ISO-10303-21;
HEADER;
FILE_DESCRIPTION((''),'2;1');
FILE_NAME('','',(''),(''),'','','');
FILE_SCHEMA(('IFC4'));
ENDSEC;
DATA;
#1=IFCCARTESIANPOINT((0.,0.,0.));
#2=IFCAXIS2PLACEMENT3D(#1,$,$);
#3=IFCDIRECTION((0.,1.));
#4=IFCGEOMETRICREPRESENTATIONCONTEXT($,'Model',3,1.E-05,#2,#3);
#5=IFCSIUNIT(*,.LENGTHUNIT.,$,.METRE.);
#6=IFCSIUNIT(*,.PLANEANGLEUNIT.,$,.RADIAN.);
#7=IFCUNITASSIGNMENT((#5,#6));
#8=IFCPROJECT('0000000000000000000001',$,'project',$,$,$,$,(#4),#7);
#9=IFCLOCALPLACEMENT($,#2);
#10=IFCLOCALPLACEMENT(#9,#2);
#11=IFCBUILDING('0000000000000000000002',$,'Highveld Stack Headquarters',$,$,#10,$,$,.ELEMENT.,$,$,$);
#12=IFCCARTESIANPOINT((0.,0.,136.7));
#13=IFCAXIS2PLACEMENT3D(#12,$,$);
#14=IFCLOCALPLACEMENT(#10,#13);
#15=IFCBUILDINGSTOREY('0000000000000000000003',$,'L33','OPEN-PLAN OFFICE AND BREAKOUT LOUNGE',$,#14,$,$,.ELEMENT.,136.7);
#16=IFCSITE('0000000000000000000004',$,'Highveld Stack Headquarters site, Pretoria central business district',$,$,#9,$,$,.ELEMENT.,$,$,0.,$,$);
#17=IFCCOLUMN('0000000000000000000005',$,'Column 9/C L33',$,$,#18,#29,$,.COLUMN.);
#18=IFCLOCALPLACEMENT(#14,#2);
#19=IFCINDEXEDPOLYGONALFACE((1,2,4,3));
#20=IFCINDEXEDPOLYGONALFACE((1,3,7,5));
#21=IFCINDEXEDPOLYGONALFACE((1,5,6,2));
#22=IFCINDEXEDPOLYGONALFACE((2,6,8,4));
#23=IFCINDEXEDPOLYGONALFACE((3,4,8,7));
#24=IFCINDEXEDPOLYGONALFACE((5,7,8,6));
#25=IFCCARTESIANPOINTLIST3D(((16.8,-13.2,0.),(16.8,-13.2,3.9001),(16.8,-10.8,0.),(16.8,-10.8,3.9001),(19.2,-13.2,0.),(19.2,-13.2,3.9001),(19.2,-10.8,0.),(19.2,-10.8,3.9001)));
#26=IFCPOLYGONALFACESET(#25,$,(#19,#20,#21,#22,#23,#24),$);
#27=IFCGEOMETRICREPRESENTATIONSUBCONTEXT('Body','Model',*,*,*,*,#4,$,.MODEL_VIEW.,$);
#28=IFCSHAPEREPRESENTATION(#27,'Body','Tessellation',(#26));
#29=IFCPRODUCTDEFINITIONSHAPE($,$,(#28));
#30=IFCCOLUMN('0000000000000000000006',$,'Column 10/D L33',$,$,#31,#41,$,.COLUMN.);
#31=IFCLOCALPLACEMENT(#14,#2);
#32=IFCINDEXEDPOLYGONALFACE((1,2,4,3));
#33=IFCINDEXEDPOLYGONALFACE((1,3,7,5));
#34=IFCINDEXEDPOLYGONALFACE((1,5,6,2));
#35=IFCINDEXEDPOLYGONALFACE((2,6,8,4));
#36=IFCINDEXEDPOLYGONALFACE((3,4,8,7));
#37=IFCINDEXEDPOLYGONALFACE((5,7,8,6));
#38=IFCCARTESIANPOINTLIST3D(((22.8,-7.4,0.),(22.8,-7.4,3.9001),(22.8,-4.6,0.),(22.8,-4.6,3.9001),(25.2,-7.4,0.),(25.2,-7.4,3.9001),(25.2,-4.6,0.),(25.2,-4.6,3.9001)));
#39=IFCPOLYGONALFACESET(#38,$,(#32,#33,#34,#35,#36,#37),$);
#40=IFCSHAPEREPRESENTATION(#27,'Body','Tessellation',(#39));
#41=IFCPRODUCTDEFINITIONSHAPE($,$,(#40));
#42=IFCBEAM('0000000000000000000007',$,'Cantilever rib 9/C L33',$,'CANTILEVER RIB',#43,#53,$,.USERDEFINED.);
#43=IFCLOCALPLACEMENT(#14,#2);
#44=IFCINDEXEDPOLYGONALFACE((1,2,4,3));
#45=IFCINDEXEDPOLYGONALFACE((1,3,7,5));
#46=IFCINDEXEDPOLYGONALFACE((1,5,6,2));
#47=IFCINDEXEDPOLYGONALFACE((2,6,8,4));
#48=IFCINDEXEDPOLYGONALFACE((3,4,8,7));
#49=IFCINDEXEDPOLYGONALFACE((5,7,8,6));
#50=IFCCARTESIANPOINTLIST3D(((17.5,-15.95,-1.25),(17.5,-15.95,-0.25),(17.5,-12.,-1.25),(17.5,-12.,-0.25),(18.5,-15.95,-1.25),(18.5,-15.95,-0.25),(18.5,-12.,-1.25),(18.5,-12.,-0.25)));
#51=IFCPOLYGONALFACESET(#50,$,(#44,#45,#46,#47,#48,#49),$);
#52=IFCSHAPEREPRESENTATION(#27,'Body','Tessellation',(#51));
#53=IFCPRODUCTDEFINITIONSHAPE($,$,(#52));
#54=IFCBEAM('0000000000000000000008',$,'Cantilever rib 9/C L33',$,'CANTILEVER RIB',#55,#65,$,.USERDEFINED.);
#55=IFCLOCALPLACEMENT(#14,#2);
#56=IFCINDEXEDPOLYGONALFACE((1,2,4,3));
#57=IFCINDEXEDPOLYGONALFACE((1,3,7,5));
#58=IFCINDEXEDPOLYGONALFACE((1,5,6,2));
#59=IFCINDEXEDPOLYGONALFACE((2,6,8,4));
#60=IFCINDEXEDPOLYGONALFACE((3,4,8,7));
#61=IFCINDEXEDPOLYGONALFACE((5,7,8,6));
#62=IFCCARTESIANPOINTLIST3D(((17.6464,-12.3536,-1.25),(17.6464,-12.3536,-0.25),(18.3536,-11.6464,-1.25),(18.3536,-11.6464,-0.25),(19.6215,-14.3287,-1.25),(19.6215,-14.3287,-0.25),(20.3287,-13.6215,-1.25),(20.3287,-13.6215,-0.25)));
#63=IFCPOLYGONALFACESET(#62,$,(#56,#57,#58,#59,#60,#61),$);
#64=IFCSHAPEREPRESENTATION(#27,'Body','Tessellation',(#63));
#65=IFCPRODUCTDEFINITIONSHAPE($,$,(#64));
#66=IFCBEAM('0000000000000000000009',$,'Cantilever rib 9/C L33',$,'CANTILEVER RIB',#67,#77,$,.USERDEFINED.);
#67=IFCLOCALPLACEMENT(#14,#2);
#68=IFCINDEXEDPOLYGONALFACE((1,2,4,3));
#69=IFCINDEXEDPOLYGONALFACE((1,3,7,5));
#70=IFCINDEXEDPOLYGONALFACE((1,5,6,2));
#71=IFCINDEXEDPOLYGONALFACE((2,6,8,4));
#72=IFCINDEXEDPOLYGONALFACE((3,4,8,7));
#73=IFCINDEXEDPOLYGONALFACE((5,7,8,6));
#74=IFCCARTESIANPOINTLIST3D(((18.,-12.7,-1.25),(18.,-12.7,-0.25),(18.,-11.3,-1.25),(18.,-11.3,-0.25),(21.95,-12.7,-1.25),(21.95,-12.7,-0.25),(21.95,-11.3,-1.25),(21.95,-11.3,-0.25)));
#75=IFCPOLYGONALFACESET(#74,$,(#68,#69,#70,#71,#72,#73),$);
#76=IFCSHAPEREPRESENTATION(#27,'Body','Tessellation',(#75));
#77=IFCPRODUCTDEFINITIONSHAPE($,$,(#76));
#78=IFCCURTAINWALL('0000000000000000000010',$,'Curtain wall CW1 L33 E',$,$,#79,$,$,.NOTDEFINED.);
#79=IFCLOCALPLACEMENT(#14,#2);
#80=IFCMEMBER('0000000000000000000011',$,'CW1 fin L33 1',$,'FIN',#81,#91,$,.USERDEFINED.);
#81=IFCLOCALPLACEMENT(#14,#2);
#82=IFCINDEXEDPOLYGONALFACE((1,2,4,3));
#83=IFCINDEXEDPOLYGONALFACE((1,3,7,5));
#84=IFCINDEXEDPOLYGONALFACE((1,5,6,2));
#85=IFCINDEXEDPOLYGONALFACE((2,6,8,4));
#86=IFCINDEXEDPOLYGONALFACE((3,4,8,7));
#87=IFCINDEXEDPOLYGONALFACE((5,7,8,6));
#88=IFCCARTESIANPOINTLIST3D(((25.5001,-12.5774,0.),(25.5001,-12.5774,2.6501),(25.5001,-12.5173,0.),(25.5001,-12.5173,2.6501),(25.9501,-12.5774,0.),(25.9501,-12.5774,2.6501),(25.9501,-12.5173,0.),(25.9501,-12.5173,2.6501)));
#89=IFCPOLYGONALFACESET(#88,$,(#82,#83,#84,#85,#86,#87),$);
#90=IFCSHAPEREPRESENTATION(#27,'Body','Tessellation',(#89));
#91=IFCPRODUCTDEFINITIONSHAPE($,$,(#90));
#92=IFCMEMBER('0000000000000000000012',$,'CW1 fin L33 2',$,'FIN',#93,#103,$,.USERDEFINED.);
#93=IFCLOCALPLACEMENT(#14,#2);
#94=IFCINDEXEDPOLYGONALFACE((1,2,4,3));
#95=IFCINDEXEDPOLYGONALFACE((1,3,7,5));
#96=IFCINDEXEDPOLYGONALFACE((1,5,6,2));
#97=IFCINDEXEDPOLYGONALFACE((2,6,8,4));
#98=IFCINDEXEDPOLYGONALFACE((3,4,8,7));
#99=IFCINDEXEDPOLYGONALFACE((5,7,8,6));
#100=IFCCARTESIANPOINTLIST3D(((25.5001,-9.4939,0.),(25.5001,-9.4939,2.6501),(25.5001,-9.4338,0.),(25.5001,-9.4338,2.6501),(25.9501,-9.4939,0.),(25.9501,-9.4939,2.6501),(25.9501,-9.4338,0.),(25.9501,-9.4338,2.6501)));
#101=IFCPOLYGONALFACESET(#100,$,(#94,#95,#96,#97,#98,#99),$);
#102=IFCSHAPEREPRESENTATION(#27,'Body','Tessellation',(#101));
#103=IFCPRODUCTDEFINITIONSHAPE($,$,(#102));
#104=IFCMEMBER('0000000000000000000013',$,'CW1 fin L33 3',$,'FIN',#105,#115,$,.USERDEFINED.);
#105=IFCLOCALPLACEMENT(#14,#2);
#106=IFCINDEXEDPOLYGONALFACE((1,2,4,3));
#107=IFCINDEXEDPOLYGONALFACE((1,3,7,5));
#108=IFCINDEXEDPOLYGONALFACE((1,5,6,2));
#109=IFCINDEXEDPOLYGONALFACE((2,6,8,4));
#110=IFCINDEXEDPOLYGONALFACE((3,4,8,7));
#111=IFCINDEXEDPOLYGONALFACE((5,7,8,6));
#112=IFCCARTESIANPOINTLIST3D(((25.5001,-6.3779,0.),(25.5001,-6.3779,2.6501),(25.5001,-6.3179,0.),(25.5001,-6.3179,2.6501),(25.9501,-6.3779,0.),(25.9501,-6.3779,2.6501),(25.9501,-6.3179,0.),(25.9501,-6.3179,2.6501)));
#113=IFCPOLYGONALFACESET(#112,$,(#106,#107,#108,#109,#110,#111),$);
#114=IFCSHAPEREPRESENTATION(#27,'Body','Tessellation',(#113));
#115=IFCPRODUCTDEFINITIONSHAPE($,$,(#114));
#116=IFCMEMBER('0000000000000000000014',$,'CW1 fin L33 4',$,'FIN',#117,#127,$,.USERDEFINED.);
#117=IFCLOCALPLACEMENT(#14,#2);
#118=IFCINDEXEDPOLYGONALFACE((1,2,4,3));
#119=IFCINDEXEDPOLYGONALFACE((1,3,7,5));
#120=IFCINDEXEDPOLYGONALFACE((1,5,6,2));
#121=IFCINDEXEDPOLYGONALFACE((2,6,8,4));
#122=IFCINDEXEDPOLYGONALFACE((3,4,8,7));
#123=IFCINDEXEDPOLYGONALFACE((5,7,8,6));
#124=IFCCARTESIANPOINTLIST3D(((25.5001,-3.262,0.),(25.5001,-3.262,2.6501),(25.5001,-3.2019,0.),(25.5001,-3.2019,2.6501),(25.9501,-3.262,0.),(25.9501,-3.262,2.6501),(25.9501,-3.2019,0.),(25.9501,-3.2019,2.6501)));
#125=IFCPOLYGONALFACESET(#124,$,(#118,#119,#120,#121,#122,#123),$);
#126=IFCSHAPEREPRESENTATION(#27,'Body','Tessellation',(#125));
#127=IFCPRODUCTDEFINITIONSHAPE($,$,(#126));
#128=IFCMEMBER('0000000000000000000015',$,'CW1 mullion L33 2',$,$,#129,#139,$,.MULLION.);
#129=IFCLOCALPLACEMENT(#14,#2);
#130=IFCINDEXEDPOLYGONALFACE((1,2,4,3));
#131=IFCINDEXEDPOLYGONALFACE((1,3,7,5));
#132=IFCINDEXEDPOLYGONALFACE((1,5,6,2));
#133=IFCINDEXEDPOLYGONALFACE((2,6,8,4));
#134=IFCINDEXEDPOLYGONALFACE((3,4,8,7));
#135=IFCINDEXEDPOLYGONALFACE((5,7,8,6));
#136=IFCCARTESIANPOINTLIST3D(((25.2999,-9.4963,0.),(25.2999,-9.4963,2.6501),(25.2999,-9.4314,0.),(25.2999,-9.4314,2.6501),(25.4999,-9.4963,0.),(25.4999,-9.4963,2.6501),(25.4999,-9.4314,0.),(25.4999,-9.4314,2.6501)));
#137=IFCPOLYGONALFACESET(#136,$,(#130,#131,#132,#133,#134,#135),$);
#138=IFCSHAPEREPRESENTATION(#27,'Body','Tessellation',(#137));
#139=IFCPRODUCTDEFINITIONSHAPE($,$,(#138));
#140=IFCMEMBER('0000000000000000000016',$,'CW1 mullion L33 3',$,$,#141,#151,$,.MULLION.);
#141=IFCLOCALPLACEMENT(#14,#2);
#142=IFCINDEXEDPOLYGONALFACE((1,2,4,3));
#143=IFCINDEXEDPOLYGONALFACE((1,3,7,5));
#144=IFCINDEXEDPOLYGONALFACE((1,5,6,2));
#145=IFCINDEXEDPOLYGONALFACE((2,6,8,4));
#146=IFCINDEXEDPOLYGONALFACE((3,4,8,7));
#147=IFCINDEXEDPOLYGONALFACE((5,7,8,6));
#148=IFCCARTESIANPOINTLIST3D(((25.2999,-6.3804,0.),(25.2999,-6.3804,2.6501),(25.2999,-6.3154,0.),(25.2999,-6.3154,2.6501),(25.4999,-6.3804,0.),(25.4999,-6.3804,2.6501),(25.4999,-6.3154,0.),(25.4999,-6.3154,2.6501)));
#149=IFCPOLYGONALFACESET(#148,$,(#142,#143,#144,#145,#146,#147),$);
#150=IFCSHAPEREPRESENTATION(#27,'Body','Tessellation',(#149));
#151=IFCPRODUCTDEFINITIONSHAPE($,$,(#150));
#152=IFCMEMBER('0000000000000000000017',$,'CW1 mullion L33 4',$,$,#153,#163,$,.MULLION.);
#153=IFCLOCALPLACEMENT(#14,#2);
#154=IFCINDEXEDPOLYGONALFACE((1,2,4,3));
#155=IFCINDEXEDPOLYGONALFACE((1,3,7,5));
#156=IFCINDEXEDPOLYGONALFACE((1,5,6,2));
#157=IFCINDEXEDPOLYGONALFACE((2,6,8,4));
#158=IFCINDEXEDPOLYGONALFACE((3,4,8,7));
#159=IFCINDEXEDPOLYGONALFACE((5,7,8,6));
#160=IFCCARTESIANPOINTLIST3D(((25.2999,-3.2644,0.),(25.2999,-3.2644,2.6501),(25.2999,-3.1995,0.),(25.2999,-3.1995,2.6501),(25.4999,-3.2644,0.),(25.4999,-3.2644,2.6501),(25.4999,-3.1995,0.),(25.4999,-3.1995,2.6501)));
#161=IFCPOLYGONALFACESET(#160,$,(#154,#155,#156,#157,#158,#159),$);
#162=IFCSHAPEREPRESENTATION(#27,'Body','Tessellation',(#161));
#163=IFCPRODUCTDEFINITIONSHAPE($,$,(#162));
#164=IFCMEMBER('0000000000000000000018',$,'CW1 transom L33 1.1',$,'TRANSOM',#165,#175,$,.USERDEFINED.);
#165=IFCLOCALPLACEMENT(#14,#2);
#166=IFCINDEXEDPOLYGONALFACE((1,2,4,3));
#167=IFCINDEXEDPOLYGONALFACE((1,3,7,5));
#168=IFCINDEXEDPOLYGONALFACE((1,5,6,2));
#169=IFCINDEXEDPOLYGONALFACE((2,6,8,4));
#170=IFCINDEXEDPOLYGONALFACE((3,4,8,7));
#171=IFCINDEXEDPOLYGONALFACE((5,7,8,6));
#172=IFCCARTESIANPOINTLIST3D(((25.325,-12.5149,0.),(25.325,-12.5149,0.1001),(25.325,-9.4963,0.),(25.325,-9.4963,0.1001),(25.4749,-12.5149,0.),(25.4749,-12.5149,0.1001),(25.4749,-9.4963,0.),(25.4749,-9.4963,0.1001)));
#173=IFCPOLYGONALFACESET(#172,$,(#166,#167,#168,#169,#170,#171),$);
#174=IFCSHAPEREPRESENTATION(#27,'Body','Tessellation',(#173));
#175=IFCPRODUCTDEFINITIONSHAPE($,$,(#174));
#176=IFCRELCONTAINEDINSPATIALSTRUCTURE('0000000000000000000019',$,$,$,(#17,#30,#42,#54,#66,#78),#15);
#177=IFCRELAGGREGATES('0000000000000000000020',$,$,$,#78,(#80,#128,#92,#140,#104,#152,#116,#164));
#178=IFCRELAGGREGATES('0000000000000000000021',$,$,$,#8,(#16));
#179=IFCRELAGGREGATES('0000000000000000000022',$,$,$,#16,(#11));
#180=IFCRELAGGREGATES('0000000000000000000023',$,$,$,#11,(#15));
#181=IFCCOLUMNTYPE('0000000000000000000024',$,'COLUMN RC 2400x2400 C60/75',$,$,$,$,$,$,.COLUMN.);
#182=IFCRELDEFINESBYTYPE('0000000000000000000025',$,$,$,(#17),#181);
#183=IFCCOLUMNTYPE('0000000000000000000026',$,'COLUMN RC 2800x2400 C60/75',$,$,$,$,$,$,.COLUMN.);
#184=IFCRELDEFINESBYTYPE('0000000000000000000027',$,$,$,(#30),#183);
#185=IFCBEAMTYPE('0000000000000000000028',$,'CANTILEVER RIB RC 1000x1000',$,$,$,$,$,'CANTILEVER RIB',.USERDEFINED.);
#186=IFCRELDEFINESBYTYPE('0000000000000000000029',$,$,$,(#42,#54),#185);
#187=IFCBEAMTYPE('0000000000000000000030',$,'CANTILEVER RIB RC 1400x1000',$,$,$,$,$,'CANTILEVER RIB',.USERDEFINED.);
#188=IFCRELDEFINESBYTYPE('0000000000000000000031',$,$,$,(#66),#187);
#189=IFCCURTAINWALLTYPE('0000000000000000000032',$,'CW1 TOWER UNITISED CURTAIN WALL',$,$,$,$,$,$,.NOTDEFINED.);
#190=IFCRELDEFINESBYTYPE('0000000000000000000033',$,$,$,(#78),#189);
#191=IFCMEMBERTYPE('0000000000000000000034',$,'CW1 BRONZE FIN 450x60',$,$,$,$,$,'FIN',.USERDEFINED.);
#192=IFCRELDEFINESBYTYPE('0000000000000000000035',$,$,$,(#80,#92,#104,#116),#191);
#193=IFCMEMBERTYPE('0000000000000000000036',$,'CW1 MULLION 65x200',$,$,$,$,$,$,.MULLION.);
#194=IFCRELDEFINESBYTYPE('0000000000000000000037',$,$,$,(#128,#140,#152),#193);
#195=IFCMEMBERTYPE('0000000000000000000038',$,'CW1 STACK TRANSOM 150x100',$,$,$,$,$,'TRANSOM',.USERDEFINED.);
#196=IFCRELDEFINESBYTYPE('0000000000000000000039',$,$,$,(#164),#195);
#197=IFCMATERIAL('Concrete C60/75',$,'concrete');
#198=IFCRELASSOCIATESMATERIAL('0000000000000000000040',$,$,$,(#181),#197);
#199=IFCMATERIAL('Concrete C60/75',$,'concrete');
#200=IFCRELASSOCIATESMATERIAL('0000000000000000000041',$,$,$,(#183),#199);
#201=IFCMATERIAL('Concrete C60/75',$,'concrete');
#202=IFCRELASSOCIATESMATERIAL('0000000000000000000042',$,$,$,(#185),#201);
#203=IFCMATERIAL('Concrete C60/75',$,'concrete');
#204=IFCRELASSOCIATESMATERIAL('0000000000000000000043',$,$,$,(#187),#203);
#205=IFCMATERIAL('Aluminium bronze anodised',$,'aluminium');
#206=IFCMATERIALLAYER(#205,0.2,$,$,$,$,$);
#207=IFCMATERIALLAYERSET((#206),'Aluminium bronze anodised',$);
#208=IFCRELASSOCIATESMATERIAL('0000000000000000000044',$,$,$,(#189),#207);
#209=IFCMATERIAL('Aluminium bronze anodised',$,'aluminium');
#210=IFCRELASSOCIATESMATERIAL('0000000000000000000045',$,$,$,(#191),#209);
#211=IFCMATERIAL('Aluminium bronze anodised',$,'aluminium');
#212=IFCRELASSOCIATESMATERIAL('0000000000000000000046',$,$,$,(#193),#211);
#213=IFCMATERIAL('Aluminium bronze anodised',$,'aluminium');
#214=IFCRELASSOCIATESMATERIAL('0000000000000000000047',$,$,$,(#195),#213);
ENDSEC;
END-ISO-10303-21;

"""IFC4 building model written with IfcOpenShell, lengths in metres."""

from ifc_helpers import new_model, si_unit, direction, frame, origin, origin_2d, place, context, subcontext, project, spatial, rectangle, extrude, material, layer, layer_set, material_profile, profile_set, type_object, element, aggregate, save


model = new_model("IFC4")

# Units and contexts
model_context = context("Model", 3, precision=1e-05, world=origin(), true_north=direction((0.0, 1.0)))
body_context = subcontext(model_context, "Body", "Model", "MODEL_VIEW")
ifc_project = project(units=[si_unit("LENGTHUNIT", "METRE"), si_unit("PLANEANGLEUNIT", "RADIAN")], contexts=[model_context])

# Site, building, storey
site_placement = place(None, origin())
site = spatial("IfcSite", under=ifc_project, at=site_placement, Name="Highveld Stack Headquarters site, Pretoria central business district", CompositionType="ELEMENT", RefElevation=0.0)
building_placement = place(site_placement, origin())
building = spatial("IfcBuilding", under=site, at=building_placement, Name="Highveld Stack Headquarters", CompositionType="ELEMENT")
storey_placement = place(building_placement, frame((0.0, 0.0, 136.7)))
storey = spatial("IfcBuildingStorey", under=building, at=storey_placement, Name="L33", Description="OPEN-PLAN OFFICE AND BREAKOUT LOUNGE", CompositionType="ELEMENT", Elevation=136.7)

# Columns
ifc_material_1 = material(Name="Concrete C60/75", Category="concrete")
ifc_material_profile_1 = material_profile(ifc_material_1, rectangle(XDim=2.3999, YDim=2.3999, at=origin_2d()), Name="RC 2400x2400")
ifc_profile_set_1 = profile_set([ifc_material_profile_1], Name="Concrete C60/75")
column_type_1 = type_object("IfcColumnType", Name="COLUMN RC 2400x2400 C60/75", PredefinedType="COLUMN", material=ifc_profile_set_1)
column_1_placement = place(storey_placement, frame((18.0, -12.0, 0.0), z_axis=(0.0, 0.0, 1.0), x_axis=(1.0, 0.0, 0.0)))
element("IfcColumn", 1, at=column_1_placement, inside=storey, type_object=column_type_1, Name="Column 9/C L33", PredefinedType="COLUMN", context=body_context, shape_type="SweptSolid", body=[
    extrude(rectangle(XDim=2.3999, YDim=2.3999, at=origin_2d()), origin(), (0.0, 0.0, 1.0), 3.9001),
])
ifc_material_2 = material(Name="Concrete C60/75", Category="concrete")
ifc_material_profile_2 = material_profile(ifc_material_2, rectangle(XDim=2.8, YDim=2.3999, at=origin_2d()), Name="RC 2800x2400")
ifc_profile_set_2 = profile_set([ifc_material_profile_2], Name="Concrete C60/75")
column_type_2 = type_object("IfcColumnType", Name="COLUMN RC 2800x2400 C60/75", PredefinedType="COLUMN", material=ifc_profile_set_2)
column_2_placement = place(storey_placement, frame((24.0, -6.0, 0.0), z_axis=(0.0, 0.0, 1.0), x_axis=(0.0, 1.0, 0.0)))
element("IfcColumn", 2, at=column_2_placement, inside=storey, type_object=column_type_2, Name="Column 10/D L33", PredefinedType="COLUMN", context=body_context, shape_type="SweptSolid", body=[
    extrude(rectangle(XDim=2.8, YDim=2.3999, at=origin_2d()), origin(), (0.0, 0.0, 1.0), 3.9001),
])

# Beams
ifc_material_3 = material(Name="Concrete C60/75", Category="concrete")
ifc_material_profile_3 = material_profile(ifc_material_3, rectangle(XDim=1.0, YDim=1.0, at=origin_2d()), Name="RC 1000x1000")
ifc_profile_set_3 = profile_set([ifc_material_profile_3], Name="Concrete C60/75")
beam_type_1 = type_object("IfcBeamType", Name="CANTILEVER RIB RC 1000x1000", ElementType="CANTILEVER RIB", PredefinedType="USERDEFINED", material=ifc_profile_set_3)
beam_1_placement = place(storey_placement, frame((18.0, -12.0, -0.75), z_axis=(0.0, -1.0, 0.0), x_axis=(1.0, 0.0, 0.0)))
element("IfcBeam", 3, at=beam_1_placement, inside=storey, type_object=beam_type_1, Name="Cantilever rib 9/C L33", ObjectType="CANTILEVER RIB", PredefinedType="USERDEFINED", context=body_context, shape_type="SweptSolid", body=[
    extrude(rectangle(XDim=1.0, YDim=1.0, at=origin_2d()), origin(), (0.0, 0.0, 1.0), 3.95),
])
beam_2_placement = place(storey_placement, frame((18.0, -12.0, -0.75), z_axis=(0.707107, -0.707107, 0.0), x_axis=(0.707107, 0.707107, 0.0)))
element("IfcBeam", 4, at=beam_2_placement, inside=storey, type_object=beam_type_1, Name="Cantilever rib 9/C L33", ObjectType="CANTILEVER RIB", PredefinedType="USERDEFINED", context=body_context, shape_type="SweptSolid", body=[
    extrude(rectangle(XDim=1.0, YDim=1.0, at=origin_2d()), origin(), (0.0, 0.0, 1.0), 2.7932),
])
ifc_material_4 = material(Name="Concrete C60/75", Category="concrete")
ifc_material_profile_4 = material_profile(ifc_material_4, rectangle(XDim=1.3999, YDim=1.0, at=origin_2d()), Name="RC 1400x1000")
ifc_profile_set_4 = profile_set([ifc_material_profile_4], Name="Concrete C60/75")
beam_type_2 = type_object("IfcBeamType", Name="CANTILEVER RIB RC 1400x1000", ElementType="CANTILEVER RIB", PredefinedType="USERDEFINED", material=ifc_profile_set_4)
beam_3_placement = place(storey_placement, frame((18.0, -12.0, -0.75), z_axis=(1.0, 0.0, 0.0), x_axis=(0.0, 1.0, 0.0)))
element("IfcBeam", 5, at=beam_3_placement, inside=storey, type_object=beam_type_2, Name="Cantilever rib 9/C L33", ObjectType="CANTILEVER RIB", PredefinedType="USERDEFINED", context=body_context, shape_type="SweptSolid", body=[
    extrude(rectangle(XDim=1.3999, YDim=1.0, at=origin_2d()), origin(), (0.0, 0.0, 1.0), 3.95),
])

# Curtain wall, members
ifc_material_5 = material(Name="Aluminium bronze anodised", Category="aluminium")
ifc_layer_1 = layer(ifc_material_5, 0.2)
ifc_layer_set_1 = layer_set([ifc_layer_1], Name="Aluminium bronze anodised")
curtain_wall_type = type_object("IfcCurtainWallType", Name="CW1 TOWER UNITISED CURTAIN WALL", PredefinedType="NOTDEFINED", material=ifc_layer_set_1)
curtain_wall_placement = place(storey_placement, origin())
curtain_wall = element("IfcCurtainWall", 6, at=curtain_wall_placement, inside=storey, type_object=curtain_wall_type, Name="Curtain wall CW1 L33 E", PredefinedType="NOTDEFINED")
ifc_material_6 = material(Name="Aluminium bronze anodised", Category="aluminium")
ifc_material_profile_5 = material_profile(ifc_material_6, rectangle(XDim=0.45, YDim=0.0601, at=origin_2d()), Name="FIN 450x60")
ifc_profile_set_5 = profile_set([ifc_material_profile_5], Name="Aluminium bronze anodised")
member_type_1 = type_object("IfcMemberType", Name="CW1 BRONZE FIN 450x60", ElementType="FIN", PredefinedType="USERDEFINED", material=ifc_profile_set_5)
member_1_placement = place(storey_placement, frame((25.7251, -12.5474, 0.0), z_axis=(0.0, 0.0, 1.0), x_axis=(-1.0, 0.0, 0.0)))
member_1 = element("IfcMember", 7, at=member_1_placement, type_object=member_type_1, Name="CW1 fin L33 1", ObjectType="FIN", PredefinedType="USERDEFINED", context=body_context, shape_type="SweptSolid", body=[
    extrude(rectangle(XDim=0.45, YDim=0.0601, at=origin_2d()), origin(), (0.0, 0.0, 1.0), 2.6501),
])
member_2_placement = place(storey_placement, frame((25.7251, -9.4639, 0.0), z_axis=(0.0, 0.0, 1.0), x_axis=(-1.0, 0.0, 0.0)))
member_2 = element("IfcMember", 8, at=member_2_placement, type_object=member_type_1, Name="CW1 fin L33 2", ObjectType="FIN", PredefinedType="USERDEFINED", context=body_context, shape_type="SweptSolid", body=[
    extrude(rectangle(XDim=0.45, YDim=0.0601, at=origin_2d()), origin(), (0.0, 0.0, 1.0), 2.6501),
])
member_3_placement = place(storey_placement, frame((25.7251, -6.3479, 0.0), z_axis=(0.0, 0.0, 1.0), x_axis=(-1.0, 0.0, 0.0)))
member_3 = element("IfcMember", 9, at=member_3_placement, type_object=member_type_1, Name="CW1 fin L33 3", ObjectType="FIN", PredefinedType="USERDEFINED", context=body_context, shape_type="SweptSolid", body=[
    extrude(rectangle(XDim=0.45, YDim=0.0601, at=origin_2d()), origin(), (0.0, 0.0, 1.0), 2.6501),
])
member_4_placement = place(storey_placement, frame((25.7251, -3.2319, 0.0), z_axis=(0.0, 0.0, 1.0), x_axis=(-1.0, 0.0, 0.0)))
member_4 = element("IfcMember", 10, at=member_4_placement, type_object=member_type_1, Name="CW1 fin L33 4", ObjectType="FIN", PredefinedType="USERDEFINED", context=body_context, shape_type="SweptSolid", body=[
    extrude(rectangle(XDim=0.45, YDim=0.0601, at=origin_2d()), origin(), (0.0, 0.0, 1.0), 2.6501),
])
ifc_material_7 = material(Name="Aluminium bronze anodised", Category="aluminium")
ifc_material_profile_6 = material_profile(ifc_material_7, rectangle(XDim=0.2, YDim=0.0649, at=origin_2d()), Name="CW1 MULLION 65x200")
ifc_profile_set_6 = profile_set([ifc_material_profile_6], Name="Aluminium bronze anodised")
member_type_2 = type_object("IfcMemberType", Name="CW1 MULLION 65x200", PredefinedType="MULLION", material=ifc_profile_set_6)
member_5_placement = place(storey_placement, frame((25.3999, -9.4639, 0.0), z_axis=(0.0, 0.0, 1.0), x_axis=(-1.0, 0.0, 0.0)))
member_5 = element("IfcMember", 11, at=member_5_placement, type_object=member_type_2, Name="CW1 mullion L33 2", PredefinedType="MULLION", context=body_context, shape_type="SweptSolid", body=[
    extrude(rectangle(XDim=0.2, YDim=0.0649, at=origin_2d()), origin(), (0.0, 0.0, 1.0), 2.6501),
])
member_6_placement = place(storey_placement, frame((25.3999, -6.3479, 0.0), z_axis=(0.0, 0.0, 1.0), x_axis=(-1.0, 0.0, 0.0)))
member_6 = element("IfcMember", 12, at=member_6_placement, type_object=member_type_2, Name="CW1 mullion L33 3", PredefinedType="MULLION", context=body_context, shape_type="SweptSolid", body=[
    extrude(rectangle(XDim=0.2, YDim=0.0649, at=origin_2d()), origin(), (0.0, 0.0, 1.0), 2.6501),
])
member_7_placement = place(storey_placement, frame((25.3999, -3.2319, 0.0), z_axis=(0.0, 0.0, 1.0), x_axis=(-1.0, 0.0, 0.0)))
member_7 = element("IfcMember", 13, at=member_7_placement, type_object=member_type_2, Name="CW1 mullion L33 4", PredefinedType="MULLION", context=body_context, shape_type="SweptSolid", body=[
    extrude(rectangle(XDim=0.2, YDim=0.0649, at=origin_2d()), origin(), (0.0, 0.0, 1.0), 2.6501),
])
ifc_material_8 = material(Name="Aluminium bronze anodised", Category="aluminium")
ifc_material_profile_7 = material_profile(ifc_material_8, rectangle(XDim=0.1499, YDim=0.1001, at=origin_2d()), Name="CW1 TRANSOM 150x100")
ifc_profile_set_7 = profile_set([ifc_material_profile_7], Name="Aluminium bronze anodised")
member_type_3 = type_object("IfcMemberType", Name="CW1 STACK TRANSOM 150x100", ElementType="TRANSOM", PredefinedType="USERDEFINED", material=ifc_profile_set_7)
member_8_placement = place(storey_placement, frame((25.3999, -12.5149, 0.05), z_axis=(0.0, 1.0, 0.0), x_axis=(-1.0, 0.0, 0.0)))
member_8 = element("IfcMember", 14, at=member_8_placement, type_object=member_type_3, Name="CW1 transom L33 1.1", ObjectType="TRANSOM", PredefinedType="USERDEFINED", context=body_context, shape_type="SweptSolid", body=[
    extrude(rectangle(XDim=0.1499, YDim=0.1001, at=origin_2d()), origin(), (0.0, 0.0, 1.0), 3.0186),
])

aggregate(curtain_wall, [member_1, member_5, member_2, member_6, member_3, member_7, member_4, member_8])

save(model, "model.ifc")
